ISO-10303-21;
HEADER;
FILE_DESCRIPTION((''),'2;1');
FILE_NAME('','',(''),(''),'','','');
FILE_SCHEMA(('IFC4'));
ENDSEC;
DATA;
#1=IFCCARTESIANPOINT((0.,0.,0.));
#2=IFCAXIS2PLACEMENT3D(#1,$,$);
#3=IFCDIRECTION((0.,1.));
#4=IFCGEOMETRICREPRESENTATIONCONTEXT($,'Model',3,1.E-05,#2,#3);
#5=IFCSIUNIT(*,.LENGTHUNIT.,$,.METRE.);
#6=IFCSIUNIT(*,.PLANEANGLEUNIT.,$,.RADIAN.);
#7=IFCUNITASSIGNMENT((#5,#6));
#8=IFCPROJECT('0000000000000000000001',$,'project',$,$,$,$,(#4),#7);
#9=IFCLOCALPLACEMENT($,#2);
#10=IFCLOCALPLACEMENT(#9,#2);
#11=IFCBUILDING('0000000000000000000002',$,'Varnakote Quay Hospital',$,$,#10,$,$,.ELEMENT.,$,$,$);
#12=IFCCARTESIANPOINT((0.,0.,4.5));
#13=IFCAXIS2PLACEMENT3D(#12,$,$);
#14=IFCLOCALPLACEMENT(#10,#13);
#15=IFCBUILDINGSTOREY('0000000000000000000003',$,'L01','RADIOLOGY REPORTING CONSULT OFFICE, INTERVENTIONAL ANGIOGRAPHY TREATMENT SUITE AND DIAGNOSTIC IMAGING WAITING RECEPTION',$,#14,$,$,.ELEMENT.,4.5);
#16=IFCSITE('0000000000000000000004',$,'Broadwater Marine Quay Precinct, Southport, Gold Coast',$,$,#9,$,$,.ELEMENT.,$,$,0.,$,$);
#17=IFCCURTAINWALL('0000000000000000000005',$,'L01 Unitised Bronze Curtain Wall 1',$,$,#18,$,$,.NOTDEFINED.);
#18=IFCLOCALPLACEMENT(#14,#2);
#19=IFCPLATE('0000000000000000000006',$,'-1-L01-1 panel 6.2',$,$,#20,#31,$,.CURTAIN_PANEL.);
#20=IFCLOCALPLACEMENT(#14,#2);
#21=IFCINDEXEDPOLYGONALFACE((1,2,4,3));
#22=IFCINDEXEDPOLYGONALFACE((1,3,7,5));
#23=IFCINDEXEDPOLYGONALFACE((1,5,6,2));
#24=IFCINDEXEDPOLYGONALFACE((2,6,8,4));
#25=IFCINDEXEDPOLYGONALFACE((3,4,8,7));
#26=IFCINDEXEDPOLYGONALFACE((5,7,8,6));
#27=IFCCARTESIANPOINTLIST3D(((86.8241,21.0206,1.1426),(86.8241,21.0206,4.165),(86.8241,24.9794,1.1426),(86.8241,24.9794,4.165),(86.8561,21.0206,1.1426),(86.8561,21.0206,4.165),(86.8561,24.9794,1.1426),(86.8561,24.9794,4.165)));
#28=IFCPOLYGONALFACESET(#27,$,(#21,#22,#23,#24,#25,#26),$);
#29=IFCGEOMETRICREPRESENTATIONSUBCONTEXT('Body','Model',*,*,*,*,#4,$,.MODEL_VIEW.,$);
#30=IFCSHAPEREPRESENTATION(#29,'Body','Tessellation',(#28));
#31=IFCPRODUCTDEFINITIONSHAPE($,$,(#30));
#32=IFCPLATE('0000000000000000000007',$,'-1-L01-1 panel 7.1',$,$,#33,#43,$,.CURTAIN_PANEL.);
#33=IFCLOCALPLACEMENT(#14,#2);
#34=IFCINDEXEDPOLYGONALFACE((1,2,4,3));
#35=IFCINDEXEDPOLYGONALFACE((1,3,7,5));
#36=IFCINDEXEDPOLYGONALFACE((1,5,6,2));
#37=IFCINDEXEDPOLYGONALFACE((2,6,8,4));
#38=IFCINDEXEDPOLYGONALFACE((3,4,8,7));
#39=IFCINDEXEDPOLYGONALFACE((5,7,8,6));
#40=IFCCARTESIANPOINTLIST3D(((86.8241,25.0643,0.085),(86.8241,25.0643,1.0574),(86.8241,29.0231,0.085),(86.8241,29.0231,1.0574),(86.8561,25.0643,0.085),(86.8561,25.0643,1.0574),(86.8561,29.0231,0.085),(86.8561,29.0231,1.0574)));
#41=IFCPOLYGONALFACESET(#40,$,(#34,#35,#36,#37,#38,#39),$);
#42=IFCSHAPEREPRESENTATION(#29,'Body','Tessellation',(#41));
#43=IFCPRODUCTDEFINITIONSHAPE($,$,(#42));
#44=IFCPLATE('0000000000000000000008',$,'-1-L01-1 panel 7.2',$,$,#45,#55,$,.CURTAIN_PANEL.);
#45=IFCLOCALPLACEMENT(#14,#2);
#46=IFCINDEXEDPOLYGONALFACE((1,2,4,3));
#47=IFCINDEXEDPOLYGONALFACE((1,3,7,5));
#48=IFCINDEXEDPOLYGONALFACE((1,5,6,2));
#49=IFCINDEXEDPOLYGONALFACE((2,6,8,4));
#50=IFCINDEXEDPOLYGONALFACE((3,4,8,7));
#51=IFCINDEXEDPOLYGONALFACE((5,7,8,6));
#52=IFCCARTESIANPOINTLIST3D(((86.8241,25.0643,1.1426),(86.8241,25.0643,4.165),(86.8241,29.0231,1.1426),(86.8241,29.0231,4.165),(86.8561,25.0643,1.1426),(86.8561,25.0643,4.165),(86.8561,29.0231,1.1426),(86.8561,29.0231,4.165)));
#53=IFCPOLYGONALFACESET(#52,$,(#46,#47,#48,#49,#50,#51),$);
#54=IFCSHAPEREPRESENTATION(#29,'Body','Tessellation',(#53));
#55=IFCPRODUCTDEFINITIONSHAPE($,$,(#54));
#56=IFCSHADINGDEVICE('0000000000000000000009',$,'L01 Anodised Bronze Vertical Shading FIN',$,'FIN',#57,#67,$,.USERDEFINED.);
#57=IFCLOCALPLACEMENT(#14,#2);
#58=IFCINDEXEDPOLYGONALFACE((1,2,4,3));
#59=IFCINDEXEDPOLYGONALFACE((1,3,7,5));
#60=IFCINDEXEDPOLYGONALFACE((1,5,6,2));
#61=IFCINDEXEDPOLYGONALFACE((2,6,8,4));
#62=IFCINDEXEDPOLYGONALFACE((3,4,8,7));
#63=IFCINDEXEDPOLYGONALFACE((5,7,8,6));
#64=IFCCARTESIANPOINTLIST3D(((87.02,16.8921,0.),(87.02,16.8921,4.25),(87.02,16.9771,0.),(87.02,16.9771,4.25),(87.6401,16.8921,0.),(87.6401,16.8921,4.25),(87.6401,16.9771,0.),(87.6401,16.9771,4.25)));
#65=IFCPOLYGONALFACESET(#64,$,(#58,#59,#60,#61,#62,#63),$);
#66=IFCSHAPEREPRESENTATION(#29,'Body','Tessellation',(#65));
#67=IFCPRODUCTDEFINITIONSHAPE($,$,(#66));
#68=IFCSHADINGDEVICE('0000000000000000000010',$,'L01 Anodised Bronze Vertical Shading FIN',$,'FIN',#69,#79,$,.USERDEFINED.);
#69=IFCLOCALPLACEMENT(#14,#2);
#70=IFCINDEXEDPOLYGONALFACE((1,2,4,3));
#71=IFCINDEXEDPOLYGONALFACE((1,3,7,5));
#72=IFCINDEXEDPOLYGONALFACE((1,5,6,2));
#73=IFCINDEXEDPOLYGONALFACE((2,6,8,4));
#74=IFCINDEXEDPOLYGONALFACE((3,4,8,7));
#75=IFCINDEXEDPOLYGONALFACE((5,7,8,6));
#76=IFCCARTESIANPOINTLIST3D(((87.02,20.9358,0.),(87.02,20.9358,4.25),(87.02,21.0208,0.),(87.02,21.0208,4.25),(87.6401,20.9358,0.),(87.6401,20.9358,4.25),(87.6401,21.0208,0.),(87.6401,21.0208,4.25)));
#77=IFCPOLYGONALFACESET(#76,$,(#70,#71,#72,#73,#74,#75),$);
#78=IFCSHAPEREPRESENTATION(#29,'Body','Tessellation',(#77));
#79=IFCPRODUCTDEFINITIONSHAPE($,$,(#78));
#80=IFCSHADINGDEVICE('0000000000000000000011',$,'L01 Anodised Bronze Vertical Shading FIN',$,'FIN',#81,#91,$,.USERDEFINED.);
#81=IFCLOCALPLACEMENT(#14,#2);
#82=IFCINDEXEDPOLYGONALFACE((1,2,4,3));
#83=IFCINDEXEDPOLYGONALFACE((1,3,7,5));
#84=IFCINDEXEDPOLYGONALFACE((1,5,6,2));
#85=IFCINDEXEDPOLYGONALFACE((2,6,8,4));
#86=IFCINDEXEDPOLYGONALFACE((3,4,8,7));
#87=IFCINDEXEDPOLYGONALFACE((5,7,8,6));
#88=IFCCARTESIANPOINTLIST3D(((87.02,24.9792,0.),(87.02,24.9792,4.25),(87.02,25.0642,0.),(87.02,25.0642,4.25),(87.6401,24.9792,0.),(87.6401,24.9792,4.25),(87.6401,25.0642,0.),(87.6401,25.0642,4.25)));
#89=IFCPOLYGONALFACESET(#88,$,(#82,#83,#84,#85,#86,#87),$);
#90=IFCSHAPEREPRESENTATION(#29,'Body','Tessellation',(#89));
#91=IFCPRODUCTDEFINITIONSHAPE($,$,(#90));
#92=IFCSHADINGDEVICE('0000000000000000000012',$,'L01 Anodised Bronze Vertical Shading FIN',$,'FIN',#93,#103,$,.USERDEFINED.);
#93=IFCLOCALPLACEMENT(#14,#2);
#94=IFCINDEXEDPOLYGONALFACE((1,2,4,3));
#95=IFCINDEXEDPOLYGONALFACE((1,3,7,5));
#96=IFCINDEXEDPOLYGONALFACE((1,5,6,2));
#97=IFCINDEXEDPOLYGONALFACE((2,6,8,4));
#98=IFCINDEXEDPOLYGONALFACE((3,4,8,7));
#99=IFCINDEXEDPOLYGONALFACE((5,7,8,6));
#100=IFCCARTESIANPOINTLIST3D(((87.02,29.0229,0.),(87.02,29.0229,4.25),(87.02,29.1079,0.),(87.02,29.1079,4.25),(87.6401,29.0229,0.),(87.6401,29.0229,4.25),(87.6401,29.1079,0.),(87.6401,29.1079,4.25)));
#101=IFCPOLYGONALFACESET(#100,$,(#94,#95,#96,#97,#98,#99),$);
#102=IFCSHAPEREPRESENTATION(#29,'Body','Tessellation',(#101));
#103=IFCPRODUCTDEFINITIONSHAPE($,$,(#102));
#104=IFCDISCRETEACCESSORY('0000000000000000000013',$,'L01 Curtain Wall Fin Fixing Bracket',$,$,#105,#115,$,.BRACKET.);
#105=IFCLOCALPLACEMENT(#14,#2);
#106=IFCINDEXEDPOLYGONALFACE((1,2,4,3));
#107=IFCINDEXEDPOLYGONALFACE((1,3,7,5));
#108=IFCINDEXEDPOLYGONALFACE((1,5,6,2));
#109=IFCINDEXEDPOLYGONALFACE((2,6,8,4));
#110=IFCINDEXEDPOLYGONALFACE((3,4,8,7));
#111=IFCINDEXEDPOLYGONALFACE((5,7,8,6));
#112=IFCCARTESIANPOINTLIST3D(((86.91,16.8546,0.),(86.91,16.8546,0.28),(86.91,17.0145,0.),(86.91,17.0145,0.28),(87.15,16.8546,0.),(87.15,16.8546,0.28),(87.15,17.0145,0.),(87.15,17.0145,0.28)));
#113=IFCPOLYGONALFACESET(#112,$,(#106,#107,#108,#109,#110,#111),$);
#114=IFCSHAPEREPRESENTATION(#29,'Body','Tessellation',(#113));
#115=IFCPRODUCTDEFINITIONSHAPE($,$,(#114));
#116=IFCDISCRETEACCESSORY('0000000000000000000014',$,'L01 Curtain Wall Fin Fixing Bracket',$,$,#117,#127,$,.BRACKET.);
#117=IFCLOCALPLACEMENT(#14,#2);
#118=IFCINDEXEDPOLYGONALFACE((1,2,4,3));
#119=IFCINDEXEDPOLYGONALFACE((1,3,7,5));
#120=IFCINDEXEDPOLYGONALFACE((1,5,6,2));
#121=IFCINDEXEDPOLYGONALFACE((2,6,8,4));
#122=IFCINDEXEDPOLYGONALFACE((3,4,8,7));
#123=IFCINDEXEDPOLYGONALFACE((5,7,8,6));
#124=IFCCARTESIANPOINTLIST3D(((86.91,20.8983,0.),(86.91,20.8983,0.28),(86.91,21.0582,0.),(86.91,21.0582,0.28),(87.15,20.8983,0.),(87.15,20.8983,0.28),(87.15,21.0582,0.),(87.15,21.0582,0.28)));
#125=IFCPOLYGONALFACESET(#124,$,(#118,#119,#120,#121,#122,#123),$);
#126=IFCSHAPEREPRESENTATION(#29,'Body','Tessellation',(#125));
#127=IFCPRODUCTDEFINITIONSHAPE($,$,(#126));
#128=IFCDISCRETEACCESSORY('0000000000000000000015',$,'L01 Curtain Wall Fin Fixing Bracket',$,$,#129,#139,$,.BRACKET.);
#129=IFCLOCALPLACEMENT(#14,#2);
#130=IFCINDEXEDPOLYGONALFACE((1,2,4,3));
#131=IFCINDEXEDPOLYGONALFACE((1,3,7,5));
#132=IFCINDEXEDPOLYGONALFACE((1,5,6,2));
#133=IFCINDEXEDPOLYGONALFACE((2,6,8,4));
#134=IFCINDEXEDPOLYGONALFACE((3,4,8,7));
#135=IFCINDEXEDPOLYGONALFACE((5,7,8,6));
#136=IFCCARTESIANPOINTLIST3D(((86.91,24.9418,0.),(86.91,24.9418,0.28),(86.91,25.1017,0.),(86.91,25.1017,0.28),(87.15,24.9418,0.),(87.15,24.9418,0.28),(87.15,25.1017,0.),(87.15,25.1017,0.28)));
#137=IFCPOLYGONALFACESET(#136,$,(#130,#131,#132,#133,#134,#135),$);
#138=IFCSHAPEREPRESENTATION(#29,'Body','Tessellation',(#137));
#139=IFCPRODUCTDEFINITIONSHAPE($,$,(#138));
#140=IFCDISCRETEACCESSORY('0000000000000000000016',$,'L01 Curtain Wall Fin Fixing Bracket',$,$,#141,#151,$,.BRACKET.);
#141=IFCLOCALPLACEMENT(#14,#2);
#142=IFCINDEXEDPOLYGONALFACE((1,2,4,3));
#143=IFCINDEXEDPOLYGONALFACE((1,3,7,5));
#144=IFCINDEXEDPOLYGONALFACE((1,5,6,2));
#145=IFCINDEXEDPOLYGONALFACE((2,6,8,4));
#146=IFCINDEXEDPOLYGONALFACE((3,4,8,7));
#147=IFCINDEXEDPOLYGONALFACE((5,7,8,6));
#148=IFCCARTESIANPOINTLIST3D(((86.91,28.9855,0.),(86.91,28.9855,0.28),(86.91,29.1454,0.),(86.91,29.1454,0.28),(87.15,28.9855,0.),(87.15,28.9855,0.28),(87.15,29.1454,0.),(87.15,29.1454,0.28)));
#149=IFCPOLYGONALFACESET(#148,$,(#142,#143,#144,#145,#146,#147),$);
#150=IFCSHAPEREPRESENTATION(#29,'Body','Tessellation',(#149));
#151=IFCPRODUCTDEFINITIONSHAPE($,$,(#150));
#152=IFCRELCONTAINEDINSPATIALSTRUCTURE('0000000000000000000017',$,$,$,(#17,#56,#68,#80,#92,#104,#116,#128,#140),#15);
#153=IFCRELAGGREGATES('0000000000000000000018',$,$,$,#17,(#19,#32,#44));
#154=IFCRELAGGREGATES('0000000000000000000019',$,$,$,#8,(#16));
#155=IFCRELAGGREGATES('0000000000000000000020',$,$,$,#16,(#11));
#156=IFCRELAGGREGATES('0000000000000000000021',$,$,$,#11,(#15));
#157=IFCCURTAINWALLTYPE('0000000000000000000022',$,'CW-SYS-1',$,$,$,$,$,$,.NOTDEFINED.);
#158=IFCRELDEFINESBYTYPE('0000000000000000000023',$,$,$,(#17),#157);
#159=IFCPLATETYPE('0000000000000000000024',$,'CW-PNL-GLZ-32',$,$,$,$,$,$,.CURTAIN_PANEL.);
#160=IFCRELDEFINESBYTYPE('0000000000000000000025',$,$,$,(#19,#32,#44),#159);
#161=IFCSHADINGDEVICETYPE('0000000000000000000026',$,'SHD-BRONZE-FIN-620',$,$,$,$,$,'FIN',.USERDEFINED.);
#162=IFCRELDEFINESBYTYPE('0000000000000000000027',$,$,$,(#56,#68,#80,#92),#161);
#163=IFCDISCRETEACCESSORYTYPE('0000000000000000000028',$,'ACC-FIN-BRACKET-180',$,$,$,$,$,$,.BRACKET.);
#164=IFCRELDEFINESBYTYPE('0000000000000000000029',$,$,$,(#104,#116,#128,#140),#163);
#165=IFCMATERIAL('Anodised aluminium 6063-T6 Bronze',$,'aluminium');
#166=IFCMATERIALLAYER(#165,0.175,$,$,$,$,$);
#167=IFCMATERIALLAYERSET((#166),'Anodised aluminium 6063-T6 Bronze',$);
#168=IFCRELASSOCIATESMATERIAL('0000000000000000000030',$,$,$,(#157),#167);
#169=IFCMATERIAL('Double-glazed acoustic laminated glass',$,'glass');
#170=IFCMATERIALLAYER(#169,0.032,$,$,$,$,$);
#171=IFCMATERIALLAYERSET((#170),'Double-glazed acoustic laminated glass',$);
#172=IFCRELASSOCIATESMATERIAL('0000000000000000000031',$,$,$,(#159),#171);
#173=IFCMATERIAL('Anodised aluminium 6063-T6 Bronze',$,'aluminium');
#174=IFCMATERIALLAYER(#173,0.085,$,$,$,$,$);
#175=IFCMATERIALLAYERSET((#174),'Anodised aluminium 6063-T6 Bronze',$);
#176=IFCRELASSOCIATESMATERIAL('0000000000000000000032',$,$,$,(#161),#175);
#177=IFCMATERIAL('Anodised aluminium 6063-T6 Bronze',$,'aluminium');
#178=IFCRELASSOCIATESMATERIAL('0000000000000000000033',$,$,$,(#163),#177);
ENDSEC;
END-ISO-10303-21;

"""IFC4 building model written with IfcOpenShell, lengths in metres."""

from ifc_helpers import new_model, si_unit, direction, frame, origin, origin_2d, place, context, subcontext, project, spatial, rectangle, extrude, material, layer, layer_set, type_object, element, aggregate, save


model = new_model("IFC4")

# Units and contexts
model_context = context("Model", 3, precision=1e-05, world=origin(), true_north=direction((0.0, 1.0)))
body_context = subcontext(model_context, "Body", "Model", "MODEL_VIEW")
ifc_project = project(units=[si_unit("LENGTHUNIT", "METRE"), si_unit("PLANEANGLEUNIT", "RADIAN")], contexts=[model_context])

# Site, building, storey
site_placement = place(None, origin())
site = spatial("IfcSite", under=ifc_project, at=site_placement, Name="Broadwater Marine Quay Precinct, Southport, Gold Coast", CompositionType="ELEMENT", RefElevation=0.0)
building_placement = place(site_placement, origin())
building = spatial("IfcBuilding", under=site, at=building_placement, Name="Varnakote Quay Hospital", CompositionType="ELEMENT")
storey_placement = place(building_placement, frame((0.0, 0.0, 4.5)))
storey = spatial("IfcBuildingStorey", under=building, at=storey_placement, Name="L01", Description="RADIOLOGY REPORTING CONSULT OFFICE, INTERVENTIONAL ANGIOGRAPHY TREATMENT SUITE AND DIAGNOSTIC IMAGING WAITING RECEPTION", CompositionType="ELEMENT", Elevation=4.5)

# Curtain wall, plates
ifc_material_1 = material(Name="Anodised aluminium 6063-T6 Bronze", Category="aluminium")
ifc_layer_1 = layer(ifc_material_1, 0.175)
ifc_layer_set_1 = layer_set([ifc_layer_1], Name="Anodised aluminium 6063-T6 Bronze")
curtain_wall_type = type_object("IfcCurtainWallType", Name="CW-SYS-1", PredefinedType="NOTDEFINED", material=ifc_layer_set_1)
curtain_wall_placement = place(storey_placement, origin())
curtain_wall = element("IfcCurtainWall", 1, at=curtain_wall_placement, inside=storey, type_object=curtain_wall_type, Name="L01 Unitised Bronze Curtain Wall 1", PredefinedType="NOTDEFINED")
ifc_material_2 = material(Name="Double-glazed acoustic laminated glass", Category="glass")
ifc_layer_2 = layer(ifc_material_2, 0.032)
ifc_layer_set_2 = layer_set([ifc_layer_2], Name="Double-glazed acoustic laminated glass")
plate_type = type_object("IfcPlateType", Name="CW-PNL-GLZ-32", PredefinedType="CURTAIN_PANEL", material=ifc_layer_set_2)
plate_1_placement = place(storey_placement, frame((86.8401, 23.0, 1.1426), z_axis=(0.0, 0.0, 1.0), x_axis=(0.0, 1.0, 0.0)))
plate_1 = element("IfcPlate", 2, at=plate_1_placement, type_object=plate_type, Name="-1-L01-1 panel 6.2", PredefinedType="CURTAIN_PANEL", context=body_context, shape_type="SweptSolid", body=[
    extrude(rectangle(XDim=3.9587, YDim=0.032, at=origin_2d()), origin(), (0.0, 0.0, 1.0), 3.0225),
])
plate_2_placement = place(storey_placement, frame((86.8401, 27.0437, 0.085), z_axis=(0.0, 0.0, 1.0), x_axis=(0.0, 1.0, 0.0)))
plate_2 = element("IfcPlate", 3, at=plate_2_placement, type_object=plate_type, Name="-1-L01-1 panel 7.1", PredefinedType="CURTAIN_PANEL", context=body_context, shape_type="SweptSolid", body=[
    extrude(rectangle(XDim=3.9587, YDim=0.032, at=origin_2d()), origin(), (0.0, 0.0, 1.0), 0.9724),
])
plate_3_placement = place(storey_placement, frame((86.8401, 27.0437, 1.1426), z_axis=(0.0, 0.0, 1.0), x_axis=(0.0, 1.0, 0.0)))
plate_3 = element("IfcPlate", 4, at=plate_3_placement, type_object=plate_type, Name="-1-L01-1 panel 7.2", PredefinedType="CURTAIN_PANEL", context=body_context, shape_type="SweptSolid", body=[
    extrude(rectangle(XDim=3.9587, YDim=0.032, at=origin_2d()), origin(), (0.0, 0.0, 1.0), 3.0225),
])
aggregate(curtain_wall, [plate_1, plate_2, plate_3])

# Shading devices
ifc_material_3 = material(Name="Anodised aluminium 6063-T6 Bronze", Category="aluminium")
ifc_layer_3 = layer(ifc_material_3, 0.085)
ifc_layer_set_3 = layer_set([ifc_layer_3], Name="Anodised aluminium 6063-T6 Bronze")
shading_device_type = type_object("IfcShadingDeviceType", Name="SHD-BRONZE-FIN-620", ElementType="FIN", PredefinedType="USERDEFINED", material=ifc_layer_set_3)
for number, where, z_axis, x_axis, name in (
    (5, (87.3301, 16.9346, 0.0), (0.0, 0.0, 1.0), (-1.0, 0.0, 0.0), "L01 Anodised Bronze Vertical Shading FIN"),
    (6, (87.3301, 20.9783, 0.0), (0.0, 0.0, 1.0), (-1.0, 0.0, 0.0), "L01 Anodised Bronze Vertical Shading FIN"),
    (7, (87.3301, 25.0217, 0.0), (0.0, 0.0, 1.0), (-1.0, 0.0, 0.0), "L01 Anodised Bronze Vertical Shading FIN"),
    (8, (87.3301, 29.0654, 0.0), (0.0, 0.0, 1.0), (-1.0, 0.0, 0.0), "L01 Anodised Bronze Vertical Shading FIN"),
):
    element("IfcShadingDevice", number, at=place(storey_placement, frame(where, z_axis=z_axis, x_axis=x_axis)), inside=storey, type_object=shading_device_type, Name=name, ObjectType="FIN", PredefinedType="USERDEFINED", context=body_context, shape_type="SweptSolid", body=[
        extrude(rectangle(XDim=0.6201, YDim=0.085, at=origin_2d()), origin(), (0.0, 0.0, 1.0), 4.25),
    ])

# Discrete accessories
ifc_material_4 = material(Name="Anodised aluminium 6063-T6 Bronze", Category="aluminium")
discrete_accessory_type = type_object("IfcDiscreteAccessoryType", Name="ACC-FIN-BRACKET-180", PredefinedType="BRACKET", material=ifc_material_4)
for number, where, z_axis, x_axis, name in (
    (9, (87.03, 16.9346, 0.0), (0.0, 0.0, 1.0), (0.0, 1.0, 0.0), "L01 Curtain Wall Fin Fixing Bracket"),
    (10, (87.03, 20.9783, 0.0), (0.0, 0.0, 1.0), (0.0, 1.0, 0.0), "L01 Curtain Wall Fin Fixing Bracket"),
    (11, (87.03, 25.0217, 0.0), (0.0, 0.0, 1.0), (0.0, 1.0, 0.0), "L01 Curtain Wall Fin Fixing Bracket"),
    (12, (87.03, 29.0654, 0.0), (0.0, 0.0, 1.0), (0.0, 1.0, 0.0), "L01 Curtain Wall Fin Fixing Bracket"),
):
    element("IfcDiscreteAccessory", number, at=place(storey_placement, frame(where, z_axis=z_axis, x_axis=x_axis)), inside=storey, type_object=discrete_accessory_type, Name=name, PredefinedType="BRACKET", context=body_context, shape_type="SweptSolid", body=[
        extrude(rectangle(XDim=0.1599, YDim=0.24, at=origin_2d()), origin(), (0.0, 0.0, 1.0), 0.28),
    ])

save(model, "model.ifc")
